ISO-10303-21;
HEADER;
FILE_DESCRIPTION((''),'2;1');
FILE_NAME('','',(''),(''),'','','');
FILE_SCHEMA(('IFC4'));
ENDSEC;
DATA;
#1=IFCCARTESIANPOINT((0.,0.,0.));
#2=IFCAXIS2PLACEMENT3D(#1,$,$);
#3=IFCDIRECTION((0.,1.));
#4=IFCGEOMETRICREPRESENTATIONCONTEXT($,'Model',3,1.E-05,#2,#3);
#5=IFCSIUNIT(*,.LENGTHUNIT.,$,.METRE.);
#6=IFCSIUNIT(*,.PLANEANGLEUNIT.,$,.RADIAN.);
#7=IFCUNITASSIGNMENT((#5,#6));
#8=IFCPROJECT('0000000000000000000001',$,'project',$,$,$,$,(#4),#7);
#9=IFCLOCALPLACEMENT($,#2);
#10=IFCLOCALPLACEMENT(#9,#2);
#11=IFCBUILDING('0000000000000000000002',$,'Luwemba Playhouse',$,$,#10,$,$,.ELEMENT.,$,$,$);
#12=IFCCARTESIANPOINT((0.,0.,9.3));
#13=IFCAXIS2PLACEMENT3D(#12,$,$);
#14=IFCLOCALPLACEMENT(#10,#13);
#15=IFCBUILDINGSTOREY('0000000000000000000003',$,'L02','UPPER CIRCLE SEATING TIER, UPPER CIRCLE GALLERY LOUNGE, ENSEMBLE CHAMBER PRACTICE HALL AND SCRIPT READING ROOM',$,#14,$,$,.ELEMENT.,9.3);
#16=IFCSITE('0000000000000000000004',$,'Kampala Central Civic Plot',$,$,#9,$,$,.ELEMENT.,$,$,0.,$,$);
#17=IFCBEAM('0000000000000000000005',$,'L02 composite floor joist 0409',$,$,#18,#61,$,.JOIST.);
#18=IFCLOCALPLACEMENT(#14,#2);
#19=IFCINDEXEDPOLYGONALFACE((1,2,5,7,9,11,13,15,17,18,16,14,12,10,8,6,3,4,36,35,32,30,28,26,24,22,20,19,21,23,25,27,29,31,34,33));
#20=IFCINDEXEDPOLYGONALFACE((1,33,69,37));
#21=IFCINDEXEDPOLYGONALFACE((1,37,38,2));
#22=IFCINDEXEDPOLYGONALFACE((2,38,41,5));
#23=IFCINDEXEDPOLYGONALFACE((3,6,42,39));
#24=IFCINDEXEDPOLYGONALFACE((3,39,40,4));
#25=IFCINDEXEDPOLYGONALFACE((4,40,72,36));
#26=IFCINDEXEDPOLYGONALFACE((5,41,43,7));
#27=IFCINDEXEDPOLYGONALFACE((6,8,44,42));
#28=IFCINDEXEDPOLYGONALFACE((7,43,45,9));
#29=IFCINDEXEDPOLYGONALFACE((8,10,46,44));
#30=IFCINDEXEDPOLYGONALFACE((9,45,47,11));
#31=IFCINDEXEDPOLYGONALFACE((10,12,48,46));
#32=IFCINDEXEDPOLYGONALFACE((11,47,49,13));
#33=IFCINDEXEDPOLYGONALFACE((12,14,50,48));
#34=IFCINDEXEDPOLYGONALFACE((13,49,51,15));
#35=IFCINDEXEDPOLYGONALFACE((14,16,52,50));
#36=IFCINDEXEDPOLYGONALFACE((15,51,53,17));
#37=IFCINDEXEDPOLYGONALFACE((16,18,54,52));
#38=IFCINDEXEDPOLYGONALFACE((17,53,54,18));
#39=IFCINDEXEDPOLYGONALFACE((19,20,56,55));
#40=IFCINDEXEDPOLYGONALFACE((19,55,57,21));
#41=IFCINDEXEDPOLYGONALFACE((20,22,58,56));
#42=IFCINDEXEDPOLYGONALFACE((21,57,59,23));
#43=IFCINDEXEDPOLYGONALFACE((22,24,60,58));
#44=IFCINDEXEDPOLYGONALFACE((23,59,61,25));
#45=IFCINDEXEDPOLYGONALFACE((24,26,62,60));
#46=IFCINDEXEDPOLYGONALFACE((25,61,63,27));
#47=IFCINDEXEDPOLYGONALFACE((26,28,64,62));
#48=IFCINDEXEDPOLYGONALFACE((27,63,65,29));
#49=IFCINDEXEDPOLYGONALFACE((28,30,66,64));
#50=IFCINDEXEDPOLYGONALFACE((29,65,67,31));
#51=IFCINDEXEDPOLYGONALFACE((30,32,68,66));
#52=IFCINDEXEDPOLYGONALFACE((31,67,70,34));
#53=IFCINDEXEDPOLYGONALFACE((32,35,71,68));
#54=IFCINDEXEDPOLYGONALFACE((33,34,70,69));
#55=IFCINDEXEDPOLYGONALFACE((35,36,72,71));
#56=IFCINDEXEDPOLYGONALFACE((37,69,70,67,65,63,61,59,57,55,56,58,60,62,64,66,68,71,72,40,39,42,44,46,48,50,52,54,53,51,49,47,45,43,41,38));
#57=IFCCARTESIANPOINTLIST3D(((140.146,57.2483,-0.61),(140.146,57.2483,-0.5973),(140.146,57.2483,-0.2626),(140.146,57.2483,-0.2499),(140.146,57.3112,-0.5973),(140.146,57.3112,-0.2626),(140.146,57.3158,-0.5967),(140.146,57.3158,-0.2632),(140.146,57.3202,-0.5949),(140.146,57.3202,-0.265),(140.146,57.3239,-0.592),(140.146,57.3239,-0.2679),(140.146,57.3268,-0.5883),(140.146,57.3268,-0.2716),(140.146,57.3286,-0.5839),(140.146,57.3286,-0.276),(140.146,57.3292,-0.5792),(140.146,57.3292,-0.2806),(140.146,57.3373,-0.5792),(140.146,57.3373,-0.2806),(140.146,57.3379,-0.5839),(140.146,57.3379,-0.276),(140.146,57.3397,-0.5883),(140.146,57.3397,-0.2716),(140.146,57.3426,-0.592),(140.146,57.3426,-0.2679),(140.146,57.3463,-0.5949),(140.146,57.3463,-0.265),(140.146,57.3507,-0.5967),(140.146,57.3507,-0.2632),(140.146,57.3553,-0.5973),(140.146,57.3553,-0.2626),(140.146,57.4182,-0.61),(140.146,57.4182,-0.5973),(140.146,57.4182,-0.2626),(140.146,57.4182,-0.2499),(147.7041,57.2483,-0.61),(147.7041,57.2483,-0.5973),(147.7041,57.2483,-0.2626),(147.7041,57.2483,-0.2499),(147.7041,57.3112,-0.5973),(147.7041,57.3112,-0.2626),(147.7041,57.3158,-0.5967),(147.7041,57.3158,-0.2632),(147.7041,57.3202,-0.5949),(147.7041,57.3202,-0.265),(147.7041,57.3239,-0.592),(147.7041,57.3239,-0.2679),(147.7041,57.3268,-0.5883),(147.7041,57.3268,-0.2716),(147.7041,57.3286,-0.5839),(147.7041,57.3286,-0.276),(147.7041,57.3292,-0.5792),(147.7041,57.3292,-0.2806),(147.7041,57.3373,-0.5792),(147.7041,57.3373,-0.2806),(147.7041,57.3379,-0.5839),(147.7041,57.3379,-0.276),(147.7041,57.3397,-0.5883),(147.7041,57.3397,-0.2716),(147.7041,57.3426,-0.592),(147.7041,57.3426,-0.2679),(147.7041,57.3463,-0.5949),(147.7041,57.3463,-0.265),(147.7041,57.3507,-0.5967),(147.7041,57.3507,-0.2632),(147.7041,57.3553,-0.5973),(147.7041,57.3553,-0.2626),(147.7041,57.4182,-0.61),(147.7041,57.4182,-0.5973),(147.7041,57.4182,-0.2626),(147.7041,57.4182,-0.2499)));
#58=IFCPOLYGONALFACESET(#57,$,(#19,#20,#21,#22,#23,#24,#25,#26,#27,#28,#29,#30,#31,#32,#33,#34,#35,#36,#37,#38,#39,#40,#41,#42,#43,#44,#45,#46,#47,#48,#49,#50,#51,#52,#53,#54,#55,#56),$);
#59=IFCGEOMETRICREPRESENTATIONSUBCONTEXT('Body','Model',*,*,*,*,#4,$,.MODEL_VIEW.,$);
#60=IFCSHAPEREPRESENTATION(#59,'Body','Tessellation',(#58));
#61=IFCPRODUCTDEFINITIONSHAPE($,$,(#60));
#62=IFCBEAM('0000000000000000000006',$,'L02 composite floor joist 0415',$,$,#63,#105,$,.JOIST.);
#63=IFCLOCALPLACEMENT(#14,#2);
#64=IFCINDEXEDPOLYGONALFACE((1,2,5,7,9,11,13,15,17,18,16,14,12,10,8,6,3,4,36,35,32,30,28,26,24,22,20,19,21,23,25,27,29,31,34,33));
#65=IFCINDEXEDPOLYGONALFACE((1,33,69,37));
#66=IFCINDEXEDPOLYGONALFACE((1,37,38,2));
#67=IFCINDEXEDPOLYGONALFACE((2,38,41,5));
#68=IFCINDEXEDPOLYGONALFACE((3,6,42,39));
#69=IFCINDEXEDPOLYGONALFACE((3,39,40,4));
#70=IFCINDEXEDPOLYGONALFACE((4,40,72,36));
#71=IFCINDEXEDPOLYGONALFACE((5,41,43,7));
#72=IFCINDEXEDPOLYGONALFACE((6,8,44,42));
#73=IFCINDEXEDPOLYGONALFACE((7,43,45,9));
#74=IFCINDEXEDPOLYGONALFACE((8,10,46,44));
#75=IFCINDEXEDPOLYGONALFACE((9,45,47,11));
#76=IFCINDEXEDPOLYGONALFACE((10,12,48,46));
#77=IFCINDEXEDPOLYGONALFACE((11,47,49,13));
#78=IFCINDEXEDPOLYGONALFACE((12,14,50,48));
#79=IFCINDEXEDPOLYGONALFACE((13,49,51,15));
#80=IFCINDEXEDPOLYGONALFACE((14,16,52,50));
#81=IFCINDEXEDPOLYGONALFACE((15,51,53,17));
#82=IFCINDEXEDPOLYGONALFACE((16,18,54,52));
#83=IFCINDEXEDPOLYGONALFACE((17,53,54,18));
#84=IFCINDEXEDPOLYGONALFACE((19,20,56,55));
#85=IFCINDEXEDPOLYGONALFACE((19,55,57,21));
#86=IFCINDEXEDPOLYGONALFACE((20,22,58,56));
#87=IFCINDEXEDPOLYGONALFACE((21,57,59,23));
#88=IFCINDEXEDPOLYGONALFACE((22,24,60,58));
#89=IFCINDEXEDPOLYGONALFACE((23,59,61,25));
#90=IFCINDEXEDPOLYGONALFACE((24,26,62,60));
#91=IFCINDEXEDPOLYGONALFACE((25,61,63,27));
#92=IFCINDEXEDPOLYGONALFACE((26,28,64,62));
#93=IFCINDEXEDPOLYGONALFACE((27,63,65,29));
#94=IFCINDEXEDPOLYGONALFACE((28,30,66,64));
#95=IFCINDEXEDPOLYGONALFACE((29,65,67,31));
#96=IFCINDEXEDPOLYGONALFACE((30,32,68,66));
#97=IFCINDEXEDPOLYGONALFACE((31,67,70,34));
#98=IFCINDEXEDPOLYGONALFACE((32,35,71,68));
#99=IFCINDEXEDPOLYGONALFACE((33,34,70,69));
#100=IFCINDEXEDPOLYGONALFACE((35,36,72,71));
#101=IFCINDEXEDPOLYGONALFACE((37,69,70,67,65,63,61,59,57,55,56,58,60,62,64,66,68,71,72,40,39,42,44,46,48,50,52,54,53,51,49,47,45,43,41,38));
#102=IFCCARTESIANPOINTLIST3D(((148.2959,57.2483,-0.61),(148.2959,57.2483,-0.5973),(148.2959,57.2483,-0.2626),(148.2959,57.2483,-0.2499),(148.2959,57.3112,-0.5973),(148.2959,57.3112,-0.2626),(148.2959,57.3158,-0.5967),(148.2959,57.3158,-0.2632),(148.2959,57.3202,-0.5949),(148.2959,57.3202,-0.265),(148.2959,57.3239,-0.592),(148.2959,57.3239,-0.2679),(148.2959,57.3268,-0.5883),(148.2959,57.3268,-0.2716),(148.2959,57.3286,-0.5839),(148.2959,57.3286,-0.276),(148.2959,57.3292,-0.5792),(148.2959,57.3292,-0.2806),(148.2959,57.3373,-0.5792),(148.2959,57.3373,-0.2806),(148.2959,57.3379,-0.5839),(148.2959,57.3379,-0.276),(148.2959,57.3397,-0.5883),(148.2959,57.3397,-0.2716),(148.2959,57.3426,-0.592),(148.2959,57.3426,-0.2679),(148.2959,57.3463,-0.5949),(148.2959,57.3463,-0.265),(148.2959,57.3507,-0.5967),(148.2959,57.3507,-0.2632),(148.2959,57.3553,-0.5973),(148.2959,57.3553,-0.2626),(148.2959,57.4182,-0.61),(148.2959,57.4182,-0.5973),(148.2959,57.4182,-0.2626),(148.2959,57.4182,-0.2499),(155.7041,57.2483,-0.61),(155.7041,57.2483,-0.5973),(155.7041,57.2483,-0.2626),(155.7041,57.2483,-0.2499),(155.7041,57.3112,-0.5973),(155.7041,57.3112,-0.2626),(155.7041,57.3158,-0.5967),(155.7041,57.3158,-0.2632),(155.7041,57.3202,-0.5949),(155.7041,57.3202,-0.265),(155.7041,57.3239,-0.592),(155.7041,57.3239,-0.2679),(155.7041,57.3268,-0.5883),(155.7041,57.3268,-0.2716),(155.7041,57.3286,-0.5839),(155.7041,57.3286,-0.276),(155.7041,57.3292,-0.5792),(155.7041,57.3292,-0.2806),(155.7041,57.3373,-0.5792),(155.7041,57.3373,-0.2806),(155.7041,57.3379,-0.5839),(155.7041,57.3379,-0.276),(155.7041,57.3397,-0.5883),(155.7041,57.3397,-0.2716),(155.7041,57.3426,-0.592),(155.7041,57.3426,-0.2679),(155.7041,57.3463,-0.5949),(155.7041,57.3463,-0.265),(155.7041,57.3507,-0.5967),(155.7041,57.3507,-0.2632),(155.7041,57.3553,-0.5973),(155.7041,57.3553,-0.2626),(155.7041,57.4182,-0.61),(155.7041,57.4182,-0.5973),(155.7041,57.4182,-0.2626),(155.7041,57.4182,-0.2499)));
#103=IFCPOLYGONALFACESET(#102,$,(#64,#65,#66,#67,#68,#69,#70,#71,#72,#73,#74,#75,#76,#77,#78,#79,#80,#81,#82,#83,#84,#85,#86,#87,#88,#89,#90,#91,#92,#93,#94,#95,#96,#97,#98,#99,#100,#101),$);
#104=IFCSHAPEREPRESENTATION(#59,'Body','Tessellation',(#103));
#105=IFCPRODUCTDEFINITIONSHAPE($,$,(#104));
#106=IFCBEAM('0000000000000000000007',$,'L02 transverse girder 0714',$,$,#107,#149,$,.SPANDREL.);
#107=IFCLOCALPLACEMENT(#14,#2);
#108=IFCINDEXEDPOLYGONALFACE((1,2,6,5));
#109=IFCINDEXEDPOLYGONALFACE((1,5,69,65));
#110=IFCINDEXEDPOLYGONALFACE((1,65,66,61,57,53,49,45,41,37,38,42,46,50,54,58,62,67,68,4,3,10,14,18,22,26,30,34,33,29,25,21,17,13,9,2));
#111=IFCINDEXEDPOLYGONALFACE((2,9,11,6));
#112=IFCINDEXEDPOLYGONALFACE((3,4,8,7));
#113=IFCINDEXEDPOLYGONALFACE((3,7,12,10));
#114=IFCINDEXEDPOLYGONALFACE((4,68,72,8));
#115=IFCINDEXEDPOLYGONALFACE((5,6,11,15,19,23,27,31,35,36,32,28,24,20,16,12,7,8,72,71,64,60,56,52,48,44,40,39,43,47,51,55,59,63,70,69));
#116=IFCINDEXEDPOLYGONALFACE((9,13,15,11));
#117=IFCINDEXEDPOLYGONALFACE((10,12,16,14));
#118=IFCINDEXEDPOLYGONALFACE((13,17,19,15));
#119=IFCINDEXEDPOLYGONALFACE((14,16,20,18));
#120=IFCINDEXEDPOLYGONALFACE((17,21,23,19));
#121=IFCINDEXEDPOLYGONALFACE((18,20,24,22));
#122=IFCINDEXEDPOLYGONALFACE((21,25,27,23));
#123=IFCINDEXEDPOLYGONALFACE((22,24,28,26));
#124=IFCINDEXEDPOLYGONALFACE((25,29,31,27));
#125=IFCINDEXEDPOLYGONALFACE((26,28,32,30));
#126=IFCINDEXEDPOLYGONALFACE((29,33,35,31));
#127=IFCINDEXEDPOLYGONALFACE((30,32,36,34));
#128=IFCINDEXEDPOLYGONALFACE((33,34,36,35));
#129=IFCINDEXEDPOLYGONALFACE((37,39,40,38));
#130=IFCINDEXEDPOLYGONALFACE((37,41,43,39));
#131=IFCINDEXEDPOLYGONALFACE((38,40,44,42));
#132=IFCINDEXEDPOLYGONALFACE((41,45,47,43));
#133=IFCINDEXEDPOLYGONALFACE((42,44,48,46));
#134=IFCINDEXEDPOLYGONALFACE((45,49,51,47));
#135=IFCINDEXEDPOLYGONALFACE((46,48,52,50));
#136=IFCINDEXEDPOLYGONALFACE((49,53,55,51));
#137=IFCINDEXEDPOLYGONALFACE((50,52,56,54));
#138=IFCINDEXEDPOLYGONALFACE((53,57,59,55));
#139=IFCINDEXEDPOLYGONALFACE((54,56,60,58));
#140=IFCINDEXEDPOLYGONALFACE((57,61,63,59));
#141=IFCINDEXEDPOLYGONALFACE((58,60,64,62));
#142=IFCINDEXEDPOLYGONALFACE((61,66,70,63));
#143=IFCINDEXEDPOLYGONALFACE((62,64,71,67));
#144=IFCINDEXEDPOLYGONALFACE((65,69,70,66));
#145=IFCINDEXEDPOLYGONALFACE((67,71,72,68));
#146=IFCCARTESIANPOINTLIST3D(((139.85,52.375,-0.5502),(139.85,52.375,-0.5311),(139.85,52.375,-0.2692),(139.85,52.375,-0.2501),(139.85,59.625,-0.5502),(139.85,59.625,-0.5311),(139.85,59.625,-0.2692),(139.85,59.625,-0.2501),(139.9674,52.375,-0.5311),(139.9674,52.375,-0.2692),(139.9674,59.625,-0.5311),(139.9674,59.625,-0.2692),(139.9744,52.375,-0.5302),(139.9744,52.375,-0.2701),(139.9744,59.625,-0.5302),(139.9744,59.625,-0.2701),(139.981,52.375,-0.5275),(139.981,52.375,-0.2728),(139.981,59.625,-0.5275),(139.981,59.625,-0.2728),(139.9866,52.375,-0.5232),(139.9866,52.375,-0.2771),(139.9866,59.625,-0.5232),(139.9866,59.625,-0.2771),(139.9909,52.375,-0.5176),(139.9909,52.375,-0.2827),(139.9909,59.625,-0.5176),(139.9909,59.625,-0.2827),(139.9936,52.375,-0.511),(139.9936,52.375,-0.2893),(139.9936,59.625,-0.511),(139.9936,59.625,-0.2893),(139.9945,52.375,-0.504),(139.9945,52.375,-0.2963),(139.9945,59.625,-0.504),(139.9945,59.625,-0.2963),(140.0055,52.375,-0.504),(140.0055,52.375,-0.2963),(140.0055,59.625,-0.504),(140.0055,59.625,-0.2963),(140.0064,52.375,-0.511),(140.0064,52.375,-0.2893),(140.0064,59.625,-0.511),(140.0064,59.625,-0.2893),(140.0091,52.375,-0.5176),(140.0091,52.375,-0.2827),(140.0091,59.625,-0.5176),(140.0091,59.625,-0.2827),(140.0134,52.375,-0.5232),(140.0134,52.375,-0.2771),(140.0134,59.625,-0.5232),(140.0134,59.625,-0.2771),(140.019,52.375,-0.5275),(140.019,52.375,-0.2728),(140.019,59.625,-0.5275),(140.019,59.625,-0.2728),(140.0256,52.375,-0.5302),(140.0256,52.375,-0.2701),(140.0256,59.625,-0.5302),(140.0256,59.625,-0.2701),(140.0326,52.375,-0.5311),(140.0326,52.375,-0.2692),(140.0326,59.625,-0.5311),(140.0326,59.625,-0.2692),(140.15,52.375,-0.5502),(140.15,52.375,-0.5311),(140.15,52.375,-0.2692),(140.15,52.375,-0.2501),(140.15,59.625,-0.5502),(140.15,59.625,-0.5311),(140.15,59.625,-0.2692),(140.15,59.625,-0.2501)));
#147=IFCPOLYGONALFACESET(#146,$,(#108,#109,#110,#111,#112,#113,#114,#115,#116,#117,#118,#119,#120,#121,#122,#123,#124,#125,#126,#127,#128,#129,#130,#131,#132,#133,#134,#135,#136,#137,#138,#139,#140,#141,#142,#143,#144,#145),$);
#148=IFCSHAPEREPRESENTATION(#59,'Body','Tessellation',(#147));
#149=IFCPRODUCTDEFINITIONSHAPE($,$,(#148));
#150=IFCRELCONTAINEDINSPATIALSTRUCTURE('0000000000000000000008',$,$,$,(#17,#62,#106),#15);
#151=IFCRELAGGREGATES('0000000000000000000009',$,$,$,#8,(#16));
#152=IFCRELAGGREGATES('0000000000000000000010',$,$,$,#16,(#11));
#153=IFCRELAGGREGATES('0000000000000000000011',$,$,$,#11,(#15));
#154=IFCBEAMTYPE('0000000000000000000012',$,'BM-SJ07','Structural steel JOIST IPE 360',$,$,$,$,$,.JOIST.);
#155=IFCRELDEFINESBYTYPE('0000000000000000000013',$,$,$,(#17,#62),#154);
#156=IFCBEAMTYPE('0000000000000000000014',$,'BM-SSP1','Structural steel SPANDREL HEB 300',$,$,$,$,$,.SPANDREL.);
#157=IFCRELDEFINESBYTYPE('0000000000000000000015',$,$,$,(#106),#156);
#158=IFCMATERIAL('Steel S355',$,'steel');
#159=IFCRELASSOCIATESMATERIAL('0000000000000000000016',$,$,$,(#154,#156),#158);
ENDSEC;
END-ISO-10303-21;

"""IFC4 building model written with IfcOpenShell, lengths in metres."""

from ifc_helpers import new_model, si_unit, direction, frame, origin, origin_2d, place, context, subcontext, project, spatial, i_section, extrude, material, material_profile, profile_set, type_object, element, save


model = new_model("IFC4")

# Units and contexts
model_context = context("Model", 3, precision=1e-05, world=origin(), true_north=direction((0.0, 1.0)))
body_context = subcontext(model_context, "Body", "Model", "MODEL_VIEW")
ifc_project = project(units=[si_unit("LENGTHUNIT", "METRE"), si_unit("PLANEANGLEUNIT", "RADIAN")], contexts=[model_context])

# Site, building, storey
site_placement = place(None, origin())
site = spatial("IfcSite", under=ifc_project, at=site_placement, Name="Kampala Central Civic Plot", CompositionType="ELEMENT", RefElevation=0.0)
building_placement = place(site_placement, origin())
building = spatial("IfcBuilding", under=site, at=building_placement, Name="Luwemba Playhouse", CompositionType="ELEMENT")
storey_placement = place(building_placement, frame((0.0, 0.0, 9.3)))
storey = spatial("IfcBuildingStorey", under=building, at=storey_placement, Name="L02", Description="UPPER CIRCLE SEATING TIER, UPPER CIRCLE GALLERY LOUNGE, ENSEMBLE CHAMBER PRACTICE HALL AND SCRIPT READING ROOM", CompositionType="ELEMENT", Elevation=9.3)

# Beams
ifc_material_1 = material(Name="Steel S355", Category="steel")
ifc_material_profile_1 = material_profile(ifc_material_1, i_section(OverallWidth=0.1699, OverallDepth=0.3601, WebThickness=0.0081, FlangeThickness=0.0127, FilletRadius=0.0181, at=origin_2d()))
ifc_profile_set_1 = profile_set([ifc_material_profile_1], Name="Steel S355")
beam_type_1 = type_object("IfcBeamType", Name="BM-SJ07", Description="Structural steel JOIST IPE 360", PredefinedType="JOIST", material=ifc_profile_set_1)
beam_1_placement = place(storey_placement, frame((140.146, 57.3333, -0.4299), z_axis=(1.0, 0.0, 0.0), x_axis=(0.0, 1.0, 0.0)))
element("IfcBeam", 1, at=beam_1_placement, inside=storey, type_object=beam_type_1, Name="L02 composite floor joist 0409", PredefinedType="JOIST", context=body_context, shape_type="SweptSolid", body=[
    extrude(i_section(OverallWidth=0.1699, OverallDepth=0.3601, WebThickness=0.0081, FlangeThickness=0.0127, FilletRadius=0.0181, at=origin_2d()), origin(), (0.0, 0.0, 1.0), 7.5581),
])
beam_2_placement = place(storey_placement, frame((148.2959, 57.3333, -0.4299), z_axis=(1.0, 0.0, 0.0), x_axis=(0.0, 1.0, 0.0)))
element("IfcBeam", 2, at=beam_2_placement, inside=storey, type_object=beam_type_1, Name="L02 composite floor joist 0415", PredefinedType="JOIST", context=body_context, shape_type="SweptSolid", body=[
    extrude(i_section(OverallWidth=0.1699, OverallDepth=0.3601, WebThickness=0.0081, FlangeThickness=0.0127, FilletRadius=0.0181, at=origin_2d()), origin(), (0.0, 0.0, 1.0), 7.4082),
])
ifc_material_profile_2 = material_profile(ifc_material_1, i_section(OverallWidth=0.3, OverallDepth=0.3, WebThickness=0.011, FlangeThickness=0.019, FilletRadius=0.0271, at=origin_2d()))
ifc_profile_set_2 = profile_set([ifc_material_profile_2], Name="Steel S355")
beam_type_2 = type_object("IfcBeamType", Name="BM-SSP1", Description="Structural steel SPANDREL HEB 300", PredefinedType="SPANDREL", material=ifc_profile_set_2)
beam_3_placement = place(storey_placement, frame((140.0, 52.375, -0.4001), z_axis=(0.0, 1.0, 0.0), x_axis=(-1.0, 0.0, 0.0)))
element("IfcBeam", 3, at=beam_3_placement, inside=storey, type_object=beam_type_2, Name="L02 transverse girder 0714", PredefinedType="SPANDREL", context=body_context, shape_type="SweptSolid", body=[
    extrude(i_section(OverallWidth=0.3, OverallDepth=0.3, WebThickness=0.011, FlangeThickness=0.019, FilletRadius=0.0271, at=origin_2d()), origin(), (0.0, 0.0, 1.0), 7.25),
])

save(model, "model.ifc")
